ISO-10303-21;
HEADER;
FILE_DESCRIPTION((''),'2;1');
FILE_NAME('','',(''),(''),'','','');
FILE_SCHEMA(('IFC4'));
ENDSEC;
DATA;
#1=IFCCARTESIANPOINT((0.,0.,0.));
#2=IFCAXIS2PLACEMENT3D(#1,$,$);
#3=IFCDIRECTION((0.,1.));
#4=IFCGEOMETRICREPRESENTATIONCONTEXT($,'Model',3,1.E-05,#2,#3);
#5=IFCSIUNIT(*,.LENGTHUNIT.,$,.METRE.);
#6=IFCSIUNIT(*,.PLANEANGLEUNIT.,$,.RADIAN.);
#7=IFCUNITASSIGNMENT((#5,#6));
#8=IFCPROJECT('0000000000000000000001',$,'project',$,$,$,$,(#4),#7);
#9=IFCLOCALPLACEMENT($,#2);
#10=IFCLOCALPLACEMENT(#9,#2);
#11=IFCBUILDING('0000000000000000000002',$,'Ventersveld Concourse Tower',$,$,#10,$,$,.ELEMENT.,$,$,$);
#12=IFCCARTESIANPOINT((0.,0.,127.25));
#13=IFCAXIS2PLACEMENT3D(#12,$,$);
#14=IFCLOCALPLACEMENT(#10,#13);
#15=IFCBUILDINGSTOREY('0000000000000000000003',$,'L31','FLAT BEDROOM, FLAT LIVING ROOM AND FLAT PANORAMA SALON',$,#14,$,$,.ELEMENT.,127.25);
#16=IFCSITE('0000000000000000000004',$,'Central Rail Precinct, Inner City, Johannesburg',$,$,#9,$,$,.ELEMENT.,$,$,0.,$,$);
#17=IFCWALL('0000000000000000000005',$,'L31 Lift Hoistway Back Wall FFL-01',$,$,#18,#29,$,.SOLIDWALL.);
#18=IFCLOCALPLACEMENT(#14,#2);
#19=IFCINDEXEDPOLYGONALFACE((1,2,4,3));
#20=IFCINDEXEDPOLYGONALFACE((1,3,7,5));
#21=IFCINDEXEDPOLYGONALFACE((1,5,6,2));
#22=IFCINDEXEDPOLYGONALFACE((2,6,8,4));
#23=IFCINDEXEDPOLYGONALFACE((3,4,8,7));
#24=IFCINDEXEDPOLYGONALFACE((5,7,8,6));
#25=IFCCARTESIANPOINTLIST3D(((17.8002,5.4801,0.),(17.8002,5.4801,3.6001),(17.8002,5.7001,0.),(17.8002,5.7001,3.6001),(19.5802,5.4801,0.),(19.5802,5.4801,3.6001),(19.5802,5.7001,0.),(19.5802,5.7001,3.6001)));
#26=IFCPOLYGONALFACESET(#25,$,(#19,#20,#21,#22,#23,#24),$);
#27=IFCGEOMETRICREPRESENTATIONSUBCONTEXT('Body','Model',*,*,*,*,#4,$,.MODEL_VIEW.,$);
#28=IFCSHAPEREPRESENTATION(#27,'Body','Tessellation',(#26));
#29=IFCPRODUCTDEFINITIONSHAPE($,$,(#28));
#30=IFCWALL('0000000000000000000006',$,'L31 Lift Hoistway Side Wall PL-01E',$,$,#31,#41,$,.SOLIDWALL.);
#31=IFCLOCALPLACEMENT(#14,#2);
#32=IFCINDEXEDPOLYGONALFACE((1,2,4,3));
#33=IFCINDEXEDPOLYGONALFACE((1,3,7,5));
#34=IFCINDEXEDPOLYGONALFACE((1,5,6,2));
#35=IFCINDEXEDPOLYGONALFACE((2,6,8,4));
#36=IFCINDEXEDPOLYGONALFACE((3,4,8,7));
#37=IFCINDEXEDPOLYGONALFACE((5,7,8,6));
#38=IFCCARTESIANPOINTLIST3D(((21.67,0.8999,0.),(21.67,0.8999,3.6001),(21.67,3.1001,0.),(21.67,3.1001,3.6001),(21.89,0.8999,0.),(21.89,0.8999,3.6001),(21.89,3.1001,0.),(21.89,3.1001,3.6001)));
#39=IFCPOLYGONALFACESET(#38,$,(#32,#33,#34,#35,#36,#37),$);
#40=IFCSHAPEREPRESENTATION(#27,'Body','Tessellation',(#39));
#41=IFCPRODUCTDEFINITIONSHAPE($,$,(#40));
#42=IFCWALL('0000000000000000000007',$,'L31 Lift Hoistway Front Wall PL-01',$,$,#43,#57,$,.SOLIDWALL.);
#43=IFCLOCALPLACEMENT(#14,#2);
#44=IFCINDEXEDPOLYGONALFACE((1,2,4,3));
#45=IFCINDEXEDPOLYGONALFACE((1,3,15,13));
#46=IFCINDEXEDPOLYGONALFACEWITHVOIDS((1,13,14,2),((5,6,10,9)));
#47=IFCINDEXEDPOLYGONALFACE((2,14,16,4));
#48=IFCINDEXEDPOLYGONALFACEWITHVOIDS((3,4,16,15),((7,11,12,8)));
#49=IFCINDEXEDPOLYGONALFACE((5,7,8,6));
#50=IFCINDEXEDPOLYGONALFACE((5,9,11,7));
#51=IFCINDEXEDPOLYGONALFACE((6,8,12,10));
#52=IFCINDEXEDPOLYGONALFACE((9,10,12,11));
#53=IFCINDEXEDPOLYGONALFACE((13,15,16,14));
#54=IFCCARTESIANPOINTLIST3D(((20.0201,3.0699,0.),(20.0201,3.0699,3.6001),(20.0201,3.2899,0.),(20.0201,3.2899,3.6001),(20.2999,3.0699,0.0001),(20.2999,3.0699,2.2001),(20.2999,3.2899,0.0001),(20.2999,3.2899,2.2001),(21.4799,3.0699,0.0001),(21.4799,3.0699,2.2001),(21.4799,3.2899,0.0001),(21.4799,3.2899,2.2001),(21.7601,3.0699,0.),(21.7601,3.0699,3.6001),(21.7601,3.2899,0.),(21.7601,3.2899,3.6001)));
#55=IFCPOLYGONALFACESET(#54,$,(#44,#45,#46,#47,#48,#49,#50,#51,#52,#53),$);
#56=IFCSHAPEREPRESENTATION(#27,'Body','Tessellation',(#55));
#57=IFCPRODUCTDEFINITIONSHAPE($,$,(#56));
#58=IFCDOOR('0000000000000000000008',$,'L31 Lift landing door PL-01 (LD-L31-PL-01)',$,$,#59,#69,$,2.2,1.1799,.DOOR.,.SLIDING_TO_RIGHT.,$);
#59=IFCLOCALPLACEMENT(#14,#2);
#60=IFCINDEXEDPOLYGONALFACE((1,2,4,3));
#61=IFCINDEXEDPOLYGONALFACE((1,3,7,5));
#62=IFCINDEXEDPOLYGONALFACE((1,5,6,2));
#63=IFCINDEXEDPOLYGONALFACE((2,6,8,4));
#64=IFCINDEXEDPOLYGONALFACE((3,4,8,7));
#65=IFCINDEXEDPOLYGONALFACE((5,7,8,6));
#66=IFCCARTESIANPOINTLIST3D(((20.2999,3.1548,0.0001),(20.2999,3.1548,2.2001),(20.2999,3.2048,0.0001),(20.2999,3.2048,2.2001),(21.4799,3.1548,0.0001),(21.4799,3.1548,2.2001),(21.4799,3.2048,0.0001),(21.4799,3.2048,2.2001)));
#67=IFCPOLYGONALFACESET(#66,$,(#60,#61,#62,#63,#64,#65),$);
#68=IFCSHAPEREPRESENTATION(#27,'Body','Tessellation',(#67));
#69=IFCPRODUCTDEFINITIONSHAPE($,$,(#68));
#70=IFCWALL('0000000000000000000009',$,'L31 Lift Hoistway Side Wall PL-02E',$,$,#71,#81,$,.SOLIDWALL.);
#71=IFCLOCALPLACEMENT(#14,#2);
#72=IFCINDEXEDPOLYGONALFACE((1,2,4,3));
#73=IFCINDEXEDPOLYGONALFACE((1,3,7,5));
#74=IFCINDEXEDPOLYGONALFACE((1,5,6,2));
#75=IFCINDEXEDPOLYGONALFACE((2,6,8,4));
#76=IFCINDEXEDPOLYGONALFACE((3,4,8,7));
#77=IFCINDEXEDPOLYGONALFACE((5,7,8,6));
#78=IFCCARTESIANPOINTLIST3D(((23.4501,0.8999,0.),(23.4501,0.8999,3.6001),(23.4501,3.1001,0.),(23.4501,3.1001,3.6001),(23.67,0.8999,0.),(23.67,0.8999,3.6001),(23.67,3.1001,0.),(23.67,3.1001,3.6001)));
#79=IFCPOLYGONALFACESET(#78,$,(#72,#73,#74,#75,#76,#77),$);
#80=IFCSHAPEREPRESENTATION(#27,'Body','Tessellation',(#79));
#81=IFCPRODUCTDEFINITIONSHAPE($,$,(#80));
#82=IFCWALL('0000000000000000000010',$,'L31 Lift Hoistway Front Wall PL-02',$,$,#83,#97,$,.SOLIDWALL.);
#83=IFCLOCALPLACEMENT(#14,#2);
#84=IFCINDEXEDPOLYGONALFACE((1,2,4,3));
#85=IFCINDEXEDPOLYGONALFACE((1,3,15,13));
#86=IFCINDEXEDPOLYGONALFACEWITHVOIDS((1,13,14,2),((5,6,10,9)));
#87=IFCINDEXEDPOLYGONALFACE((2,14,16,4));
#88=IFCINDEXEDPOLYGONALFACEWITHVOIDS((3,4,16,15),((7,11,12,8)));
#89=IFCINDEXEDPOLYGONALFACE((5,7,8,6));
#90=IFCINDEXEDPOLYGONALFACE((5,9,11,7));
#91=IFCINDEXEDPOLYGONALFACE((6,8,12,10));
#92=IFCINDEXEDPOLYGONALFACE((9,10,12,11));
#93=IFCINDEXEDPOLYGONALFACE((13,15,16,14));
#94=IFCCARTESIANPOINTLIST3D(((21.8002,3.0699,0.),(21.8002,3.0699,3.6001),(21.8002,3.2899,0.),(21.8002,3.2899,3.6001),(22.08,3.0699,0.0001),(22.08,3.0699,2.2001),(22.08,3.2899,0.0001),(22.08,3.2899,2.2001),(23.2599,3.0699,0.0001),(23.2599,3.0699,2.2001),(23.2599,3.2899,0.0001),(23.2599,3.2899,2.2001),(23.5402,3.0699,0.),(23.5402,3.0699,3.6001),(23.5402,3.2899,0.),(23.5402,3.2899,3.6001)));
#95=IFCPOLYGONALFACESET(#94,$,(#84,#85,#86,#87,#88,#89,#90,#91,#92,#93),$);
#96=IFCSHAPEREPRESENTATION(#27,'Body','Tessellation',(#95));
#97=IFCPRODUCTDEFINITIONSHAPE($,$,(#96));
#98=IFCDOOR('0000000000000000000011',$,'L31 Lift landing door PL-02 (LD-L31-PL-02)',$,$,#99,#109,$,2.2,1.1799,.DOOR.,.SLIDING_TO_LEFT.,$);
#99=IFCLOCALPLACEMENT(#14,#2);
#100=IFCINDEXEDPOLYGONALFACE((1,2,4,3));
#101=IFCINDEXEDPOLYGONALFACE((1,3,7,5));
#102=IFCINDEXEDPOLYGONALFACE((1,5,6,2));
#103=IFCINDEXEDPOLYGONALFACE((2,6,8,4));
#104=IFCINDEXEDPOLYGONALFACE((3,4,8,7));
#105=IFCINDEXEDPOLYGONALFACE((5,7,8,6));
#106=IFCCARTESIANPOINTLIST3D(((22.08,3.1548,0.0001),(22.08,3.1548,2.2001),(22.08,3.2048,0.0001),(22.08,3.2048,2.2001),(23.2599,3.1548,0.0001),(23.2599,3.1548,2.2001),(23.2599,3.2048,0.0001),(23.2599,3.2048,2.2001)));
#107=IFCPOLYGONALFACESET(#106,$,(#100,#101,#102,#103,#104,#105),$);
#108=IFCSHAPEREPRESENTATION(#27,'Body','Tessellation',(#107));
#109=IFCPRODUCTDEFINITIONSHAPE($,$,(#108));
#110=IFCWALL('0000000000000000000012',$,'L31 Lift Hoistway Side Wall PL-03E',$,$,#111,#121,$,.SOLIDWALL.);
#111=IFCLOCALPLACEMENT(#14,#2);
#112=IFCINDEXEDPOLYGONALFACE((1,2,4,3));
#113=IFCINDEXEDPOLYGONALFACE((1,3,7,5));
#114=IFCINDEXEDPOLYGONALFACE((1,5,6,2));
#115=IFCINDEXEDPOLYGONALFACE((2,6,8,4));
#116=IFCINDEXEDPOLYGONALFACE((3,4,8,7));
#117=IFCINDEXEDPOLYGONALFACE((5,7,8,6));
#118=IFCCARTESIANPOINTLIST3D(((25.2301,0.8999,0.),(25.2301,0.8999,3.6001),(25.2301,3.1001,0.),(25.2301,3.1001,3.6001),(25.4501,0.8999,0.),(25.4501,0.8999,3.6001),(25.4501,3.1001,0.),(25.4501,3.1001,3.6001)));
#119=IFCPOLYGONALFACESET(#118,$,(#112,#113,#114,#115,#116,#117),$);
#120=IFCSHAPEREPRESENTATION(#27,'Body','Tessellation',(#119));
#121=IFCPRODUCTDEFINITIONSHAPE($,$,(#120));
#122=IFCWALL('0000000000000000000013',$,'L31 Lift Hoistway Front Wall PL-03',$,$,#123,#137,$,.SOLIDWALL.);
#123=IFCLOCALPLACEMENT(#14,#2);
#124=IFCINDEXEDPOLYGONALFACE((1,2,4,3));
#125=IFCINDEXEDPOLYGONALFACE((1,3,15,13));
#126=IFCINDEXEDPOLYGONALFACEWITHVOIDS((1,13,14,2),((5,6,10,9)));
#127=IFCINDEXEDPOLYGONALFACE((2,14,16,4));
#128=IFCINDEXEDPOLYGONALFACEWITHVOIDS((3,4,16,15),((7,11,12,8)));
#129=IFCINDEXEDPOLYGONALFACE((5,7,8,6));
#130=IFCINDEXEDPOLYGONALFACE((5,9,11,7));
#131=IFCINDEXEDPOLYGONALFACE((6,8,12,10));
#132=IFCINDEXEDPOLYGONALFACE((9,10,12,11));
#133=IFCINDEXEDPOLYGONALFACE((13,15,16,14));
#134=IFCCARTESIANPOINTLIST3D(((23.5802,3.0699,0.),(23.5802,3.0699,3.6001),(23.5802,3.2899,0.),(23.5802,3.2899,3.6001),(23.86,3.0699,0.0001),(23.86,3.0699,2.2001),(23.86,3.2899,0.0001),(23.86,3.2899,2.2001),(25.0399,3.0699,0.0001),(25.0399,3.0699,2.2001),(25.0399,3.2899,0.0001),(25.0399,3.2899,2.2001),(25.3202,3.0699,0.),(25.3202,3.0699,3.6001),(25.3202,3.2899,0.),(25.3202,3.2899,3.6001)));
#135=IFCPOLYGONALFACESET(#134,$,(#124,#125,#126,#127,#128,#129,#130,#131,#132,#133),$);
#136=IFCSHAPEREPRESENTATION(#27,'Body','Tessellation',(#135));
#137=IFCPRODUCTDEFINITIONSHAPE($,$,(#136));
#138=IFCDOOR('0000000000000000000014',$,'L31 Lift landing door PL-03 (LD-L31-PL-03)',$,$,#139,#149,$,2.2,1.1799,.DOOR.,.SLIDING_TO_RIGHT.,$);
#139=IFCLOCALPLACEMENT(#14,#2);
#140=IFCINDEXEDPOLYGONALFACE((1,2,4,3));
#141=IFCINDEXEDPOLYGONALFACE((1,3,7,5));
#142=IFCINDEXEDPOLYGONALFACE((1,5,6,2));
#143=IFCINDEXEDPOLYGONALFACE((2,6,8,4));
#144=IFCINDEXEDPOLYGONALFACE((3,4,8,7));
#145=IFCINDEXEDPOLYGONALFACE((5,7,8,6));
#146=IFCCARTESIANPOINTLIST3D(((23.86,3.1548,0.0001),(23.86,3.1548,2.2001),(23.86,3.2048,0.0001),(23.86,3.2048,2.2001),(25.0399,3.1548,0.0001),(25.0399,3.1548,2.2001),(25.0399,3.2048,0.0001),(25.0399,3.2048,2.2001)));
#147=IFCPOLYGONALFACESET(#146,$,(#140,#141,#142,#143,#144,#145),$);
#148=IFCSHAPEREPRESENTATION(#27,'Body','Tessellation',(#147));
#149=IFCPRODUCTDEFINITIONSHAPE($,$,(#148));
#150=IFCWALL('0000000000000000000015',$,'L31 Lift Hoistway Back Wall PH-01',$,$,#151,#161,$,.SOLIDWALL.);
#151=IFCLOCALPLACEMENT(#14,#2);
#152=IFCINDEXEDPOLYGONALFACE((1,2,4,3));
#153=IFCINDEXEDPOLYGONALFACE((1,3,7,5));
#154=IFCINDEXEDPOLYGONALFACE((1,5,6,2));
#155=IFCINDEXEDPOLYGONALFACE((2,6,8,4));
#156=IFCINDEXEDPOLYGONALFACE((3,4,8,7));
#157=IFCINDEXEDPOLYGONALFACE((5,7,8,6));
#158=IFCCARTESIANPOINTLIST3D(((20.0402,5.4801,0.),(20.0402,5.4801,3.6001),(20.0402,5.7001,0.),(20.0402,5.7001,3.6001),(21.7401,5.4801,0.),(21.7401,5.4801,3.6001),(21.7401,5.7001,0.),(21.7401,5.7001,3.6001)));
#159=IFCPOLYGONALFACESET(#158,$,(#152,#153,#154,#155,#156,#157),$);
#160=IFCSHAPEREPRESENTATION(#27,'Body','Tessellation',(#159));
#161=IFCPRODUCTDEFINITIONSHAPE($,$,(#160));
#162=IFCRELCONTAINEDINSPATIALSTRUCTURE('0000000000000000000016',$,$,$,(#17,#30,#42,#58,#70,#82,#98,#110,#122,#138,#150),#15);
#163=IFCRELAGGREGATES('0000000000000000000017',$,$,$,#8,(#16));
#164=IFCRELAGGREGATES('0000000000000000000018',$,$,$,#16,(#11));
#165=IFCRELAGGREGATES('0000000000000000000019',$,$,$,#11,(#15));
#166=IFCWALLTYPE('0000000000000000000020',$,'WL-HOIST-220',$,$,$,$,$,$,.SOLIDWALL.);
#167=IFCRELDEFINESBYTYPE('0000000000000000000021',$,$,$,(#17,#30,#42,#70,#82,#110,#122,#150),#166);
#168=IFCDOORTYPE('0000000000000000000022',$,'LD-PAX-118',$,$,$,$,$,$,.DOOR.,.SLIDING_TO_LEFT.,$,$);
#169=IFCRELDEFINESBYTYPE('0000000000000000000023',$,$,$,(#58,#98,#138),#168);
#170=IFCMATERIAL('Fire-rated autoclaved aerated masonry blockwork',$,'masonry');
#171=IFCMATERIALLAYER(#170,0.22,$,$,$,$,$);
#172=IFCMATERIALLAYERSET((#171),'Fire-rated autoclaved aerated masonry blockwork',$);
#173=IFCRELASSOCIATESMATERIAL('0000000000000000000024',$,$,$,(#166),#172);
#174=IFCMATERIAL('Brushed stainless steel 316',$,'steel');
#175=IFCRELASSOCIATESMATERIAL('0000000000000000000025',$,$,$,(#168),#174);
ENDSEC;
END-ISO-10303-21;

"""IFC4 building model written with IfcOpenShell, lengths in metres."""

from ifc_helpers import new_model, si_unit, direction, frame, frame_2d, origin, place, context, subcontext, project, spatial, rectangle, extrude, material, layer, layer_set, type_object, element, fill, save


model = new_model("IFC4")

# Units and contexts
model_context = context("Model", 3, precision=1e-05, world=origin(), true_north=direction((0.0, 1.0)))
body_context = subcontext(model_context, "Body", "Model", "MODEL_VIEW")
ifc_project = project(units=[si_unit("LENGTHUNIT", "METRE"), si_unit("PLANEANGLEUNIT", "RADIAN")], contexts=[model_context])

# Site, building, storey
site_placement = place(None, origin())
site = spatial("IfcSite", under=ifc_project, at=site_placement, Name="Central Rail Precinct, Inner City, Johannesburg", CompositionType="ELEMENT", RefElevation=0.0)
building_placement = place(site_placement, origin())
building = spatial("IfcBuilding", under=site, at=building_placement, Name="Ventersveld Concourse Tower", CompositionType="ELEMENT")
storey_placement = place(building_placement, frame((0.0, 0.0, 127.25)))
storey = spatial("IfcBuildingStorey", under=building, at=storey_placement, Name="L31", Description="FLAT BEDROOM, FLAT LIVING ROOM AND FLAT PANORAMA SALON", CompositionType="ELEMENT", Elevation=127.25)

# Walls
ifc_material_1 = material(Name="Fire-rated autoclaved aerated masonry blockwork", Category="masonry")
ifc_layer_1 = layer(ifc_material_1, 0.22)
ifc_layer_set_1 = layer_set([ifc_layer_1], Name="Fire-rated autoclaved aerated masonry blockwork")
wall_type_1 = type_object("IfcWallType", Name="WL-HOIST-220", PredefinedType="SOLIDWALL", material=ifc_layer_set_1)
wall_1_placement = place(storey_placement, frame((17.8, 5.5901, 0.0), z_axis=(0.0, 0.0, 1.0), x_axis=(1.0, 0.0, 0.0)))
element("IfcWall", 1, at=wall_1_placement, inside=storey, type_object=wall_type_1, Name="L31 Lift Hoistway Back Wall FFL-01", PredefinedType="SOLIDWALL", context=body_context, shape_type="SweptSolid", body=[
    extrude(rectangle(XDim=1.78, YDim=0.22, at=frame_2d((0.8901, 0.0))), origin(), (0.0, 0.0, 1.0), 3.6001),
])
wall_2_placement = place(storey_placement, frame((21.78, 0.8999, 0.0), z_axis=(0.0, 0.0, 1.0), x_axis=(0.0, 1.0, 0.0)))
element("IfcWall", 2, at=wall_2_placement, inside=storey, type_object=wall_type_1, Name="L31 Lift Hoistway Side Wall PL-01E", PredefinedType="SOLIDWALL", context=body_context, shape_type="SweptSolid", body=[
    extrude(rectangle(XDim=2.2002, YDim=0.22, at=frame_2d((1.1001, 0.0))), origin(), (0.0, 0.0, 1.0), 3.6001),
])

# Wall, opening, door
wall_3_placement = place(storey_placement, frame((20.02, 3.1799, 0.0), z_axis=(0.0, 0.0, 1.0), x_axis=(1.0, 0.0, 0.0)))
wall_3 = element("IfcWall", 3, at=wall_3_placement, inside=storey, type_object=wall_type_1, Name="L31 Lift Hoistway Front Wall PL-01", PredefinedType="SOLIDWALL", context=body_context, shape_type="SweptSolid", body=[
    extrude(rectangle(XDim=1.74, YDim=0.22, at=frame_2d((0.8701, 0.0))), origin(), (0.0, 0.0, 1.0), 3.6001),
])
opening_1_placement = place(wall_3_placement, frame((0.28, 0.0, 0.0)))
opening_1 = element("IfcOpeningElement", 4, at=opening_1_placement, cuts=wall_3, PredefinedType="OPENING", context=body_context, shape_type="SweptSolid", body=[
    extrude(rectangle(XDim=1.1799, YDim=2.2, at=frame_2d((0.5898, 1.1001))), frame((0.0, 0.1201, 0.0), z_axis=(0.0, -1.0, 0.0), x_axis=(1.0, 0.0, 0.0)), (0.0, 0.0, 1.0), 0.24),
])
ifc_material_2 = material(Name="Brushed stainless steel 316", Category="steel")
door_type = type_object("IfcDoorType", Name="LD-PAX-118", OperationType="SLIDING_TO_LEFT", PredefinedType="DOOR", material=ifc_material_2)
door_1_placement = place(opening_1_placement, origin())
door_1 = element("IfcDoor", 5, at=door_1_placement, inside=storey, type_object=door_type, Name="L31 Lift landing door PL-01 (LD-L31-PL-01)", OperationType="SLIDING_TO_RIGHT", OverallHeight=2.2, OverallWidth=1.1799, PredefinedType="DOOR", context=body_context, shape_type="SweptSolid", body=[
    extrude(rectangle(XDim=1.1799, YDim=2.2, at=frame_2d((0.5898, 1.1001))), frame((0.0, 0.0249, 0.0), z_axis=(0.0, -1.0, 0.0), x_axis=(1.0, 0.0, 0.0)), (0.0, 0.0, 1.0), 0.05),
])
fill(opening_1, door_1)

# Wall
wall_4_placement = place(storey_placement, frame((23.5601, 0.8999, 0.0), z_axis=(0.0, 0.0, 1.0), x_axis=(0.0, 1.0, 0.0)))
element("IfcWall", 6, at=wall_4_placement, inside=storey, type_object=wall_type_1, Name="L31 Lift Hoistway Side Wall PL-02E", PredefinedType="SOLIDWALL", context=body_context, shape_type="SweptSolid", body=[
    extrude(rectangle(XDim=2.2002, YDim=0.22, at=frame_2d((1.1001, 0.0))), origin(), (0.0, 0.0, 1.0), 3.6001),
])

# Wall, opening, door
wall_5_placement = place(storey_placement, frame((21.8, 3.1799, 0.0), z_axis=(0.0, 0.0, 1.0), x_axis=(1.0, 0.0, 0.0)))
wall_5 = element("IfcWall", 7, at=wall_5_placement, inside=storey, type_object=wall_type_1, Name="L31 Lift Hoistway Front Wall PL-02", PredefinedType="SOLIDWALL", context=body_context, shape_type="SweptSolid", body=[
    extrude(rectangle(XDim=1.74, YDim=0.22, at=frame_2d((0.8701, 0.0))), origin(), (0.0, 0.0, 1.0), 3.6001),
])
opening_2_placement = place(wall_5_placement, frame((0.28, 0.0, 0.0)))
opening_2 = element("IfcOpeningElement", 8, at=opening_2_placement, cuts=wall_5, PredefinedType="OPENING", context=body_context, shape_type="SweptSolid", body=[
    extrude(rectangle(XDim=1.1799, YDim=2.2, at=frame_2d((0.5898, 1.1001))), frame((0.0, 0.1201, 0.0), z_axis=(0.0, -1.0, 0.0), x_axis=(1.0, 0.0, 0.0)), (0.0, 0.0, 1.0), 0.24),
])
door_2_placement = place(opening_2_placement, origin())
door_2 = element("IfcDoor", 9, at=door_2_placement, inside=storey, type_object=door_type, Name="L31 Lift landing door PL-02 (LD-L31-PL-02)", OperationType="SLIDING_TO_LEFT", OverallHeight=2.2, OverallWidth=1.1799, PredefinedType="DOOR", context=body_context, shape_type="SweptSolid", body=[
    extrude(rectangle(XDim=1.1799, YDim=2.2, at=frame_2d((0.5898, 1.1001))), frame((0.0, 0.0249, 0.0), z_axis=(0.0, -1.0, 0.0), x_axis=(1.0, 0.0, 0.0)), (0.0, 0.0, 1.0), 0.05),
])
fill(opening_2, door_2)

# Wall
wall_6_placement = place(storey_placement, frame((25.3401, 0.8999, 0.0), z_axis=(0.0, 0.0, 1.0), x_axis=(0.0, 1.0, 0.0)))
element("IfcWall", 10, at=wall_6_placement, inside=storey, type_object=wall_type_1, Name="L31 Lift Hoistway Side Wall PL-03E", PredefinedType="SOLIDWALL", context=body_context, shape_type="SweptSolid", body=[
    extrude(rectangle(XDim=2.2002, YDim=0.22, at=frame_2d((1.1001, 0.0))), origin(), (0.0, 0.0, 1.0), 3.6001),
])

# Wall, opening, door
wall_7_placement = place(storey_placement, frame((23.5801, 3.1799, 0.0), z_axis=(0.0, 0.0, 1.0), x_axis=(1.0, 0.0, 0.0)))
wall_7 = element("IfcWall", 11, at=wall_7_placement, inside=storey, type_object=wall_type_1, Name="L31 Lift Hoistway Front Wall PL-03", PredefinedType="SOLIDWALL", context=body_context, shape_type="SweptSolid", body=[
    extrude(rectangle(XDim=1.74, YDim=0.22, at=frame_2d((0.8701, 0.0))), origin(), (0.0, 0.0, 1.0), 3.6001),
])
opening_3_placement = place(wall_7_placement, frame((0.28, 0.0, 0.0)))
opening_3 = element("IfcOpeningElement", 12, at=opening_3_placement, cuts=wall_7, PredefinedType="OPENING", context=body_context, shape_type="SweptSolid", body=[
    extrude(rectangle(XDim=1.1799, YDim=2.2, at=frame_2d((0.5898, 1.1001))), frame((0.0, 0.1201, 0.0), z_axis=(0.0, -1.0, 0.0), x_axis=(1.0, 0.0, 0.0)), (0.0, 0.0, 1.0), 0.24),
])
door_3_placement = place(opening_3_placement, origin())
door_3 = element("IfcDoor", 13, at=door_3_placement, inside=storey, type_object=door_type, Name="L31 Lift landing door PL-03 (LD-L31-PL-03)", OperationType="SLIDING_TO_RIGHT", OverallHeight=2.2, OverallWidth=1.1799, PredefinedType="DOOR", context=body_context, shape_type="SweptSolid", body=[
    extrude(rectangle(XDim=1.1799, YDim=2.2, at=frame_2d((0.5898, 1.1001))), frame((0.0, 0.0249, 0.0), z_axis=(0.0, -1.0, 0.0), x_axis=(1.0, 0.0, 0.0)), (0.0, 0.0, 1.0), 0.05),
])
fill(opening_3, door_3)

# Wall
wall_8_placement = place(storey_placement, frame((20.04, 5.5901, 0.0), z_axis=(0.0, 0.0, 1.0), x_axis=(1.0, 0.0, 0.0)))
element("IfcWall", 14, at=wall_8_placement, inside=storey, type_object=wall_type_1, Name="L31 Lift Hoistway Back Wall PH-01", PredefinedType="SOLIDWALL", context=body_context, shape_type="SweptSolid", body=[
    extrude(rectangle(XDim=1.7, YDim=0.22, at=frame_2d((0.8501, 0.0))), origin(), (0.0, 0.0, 1.0), 3.6001),
])

save(model, "model.ifc")
